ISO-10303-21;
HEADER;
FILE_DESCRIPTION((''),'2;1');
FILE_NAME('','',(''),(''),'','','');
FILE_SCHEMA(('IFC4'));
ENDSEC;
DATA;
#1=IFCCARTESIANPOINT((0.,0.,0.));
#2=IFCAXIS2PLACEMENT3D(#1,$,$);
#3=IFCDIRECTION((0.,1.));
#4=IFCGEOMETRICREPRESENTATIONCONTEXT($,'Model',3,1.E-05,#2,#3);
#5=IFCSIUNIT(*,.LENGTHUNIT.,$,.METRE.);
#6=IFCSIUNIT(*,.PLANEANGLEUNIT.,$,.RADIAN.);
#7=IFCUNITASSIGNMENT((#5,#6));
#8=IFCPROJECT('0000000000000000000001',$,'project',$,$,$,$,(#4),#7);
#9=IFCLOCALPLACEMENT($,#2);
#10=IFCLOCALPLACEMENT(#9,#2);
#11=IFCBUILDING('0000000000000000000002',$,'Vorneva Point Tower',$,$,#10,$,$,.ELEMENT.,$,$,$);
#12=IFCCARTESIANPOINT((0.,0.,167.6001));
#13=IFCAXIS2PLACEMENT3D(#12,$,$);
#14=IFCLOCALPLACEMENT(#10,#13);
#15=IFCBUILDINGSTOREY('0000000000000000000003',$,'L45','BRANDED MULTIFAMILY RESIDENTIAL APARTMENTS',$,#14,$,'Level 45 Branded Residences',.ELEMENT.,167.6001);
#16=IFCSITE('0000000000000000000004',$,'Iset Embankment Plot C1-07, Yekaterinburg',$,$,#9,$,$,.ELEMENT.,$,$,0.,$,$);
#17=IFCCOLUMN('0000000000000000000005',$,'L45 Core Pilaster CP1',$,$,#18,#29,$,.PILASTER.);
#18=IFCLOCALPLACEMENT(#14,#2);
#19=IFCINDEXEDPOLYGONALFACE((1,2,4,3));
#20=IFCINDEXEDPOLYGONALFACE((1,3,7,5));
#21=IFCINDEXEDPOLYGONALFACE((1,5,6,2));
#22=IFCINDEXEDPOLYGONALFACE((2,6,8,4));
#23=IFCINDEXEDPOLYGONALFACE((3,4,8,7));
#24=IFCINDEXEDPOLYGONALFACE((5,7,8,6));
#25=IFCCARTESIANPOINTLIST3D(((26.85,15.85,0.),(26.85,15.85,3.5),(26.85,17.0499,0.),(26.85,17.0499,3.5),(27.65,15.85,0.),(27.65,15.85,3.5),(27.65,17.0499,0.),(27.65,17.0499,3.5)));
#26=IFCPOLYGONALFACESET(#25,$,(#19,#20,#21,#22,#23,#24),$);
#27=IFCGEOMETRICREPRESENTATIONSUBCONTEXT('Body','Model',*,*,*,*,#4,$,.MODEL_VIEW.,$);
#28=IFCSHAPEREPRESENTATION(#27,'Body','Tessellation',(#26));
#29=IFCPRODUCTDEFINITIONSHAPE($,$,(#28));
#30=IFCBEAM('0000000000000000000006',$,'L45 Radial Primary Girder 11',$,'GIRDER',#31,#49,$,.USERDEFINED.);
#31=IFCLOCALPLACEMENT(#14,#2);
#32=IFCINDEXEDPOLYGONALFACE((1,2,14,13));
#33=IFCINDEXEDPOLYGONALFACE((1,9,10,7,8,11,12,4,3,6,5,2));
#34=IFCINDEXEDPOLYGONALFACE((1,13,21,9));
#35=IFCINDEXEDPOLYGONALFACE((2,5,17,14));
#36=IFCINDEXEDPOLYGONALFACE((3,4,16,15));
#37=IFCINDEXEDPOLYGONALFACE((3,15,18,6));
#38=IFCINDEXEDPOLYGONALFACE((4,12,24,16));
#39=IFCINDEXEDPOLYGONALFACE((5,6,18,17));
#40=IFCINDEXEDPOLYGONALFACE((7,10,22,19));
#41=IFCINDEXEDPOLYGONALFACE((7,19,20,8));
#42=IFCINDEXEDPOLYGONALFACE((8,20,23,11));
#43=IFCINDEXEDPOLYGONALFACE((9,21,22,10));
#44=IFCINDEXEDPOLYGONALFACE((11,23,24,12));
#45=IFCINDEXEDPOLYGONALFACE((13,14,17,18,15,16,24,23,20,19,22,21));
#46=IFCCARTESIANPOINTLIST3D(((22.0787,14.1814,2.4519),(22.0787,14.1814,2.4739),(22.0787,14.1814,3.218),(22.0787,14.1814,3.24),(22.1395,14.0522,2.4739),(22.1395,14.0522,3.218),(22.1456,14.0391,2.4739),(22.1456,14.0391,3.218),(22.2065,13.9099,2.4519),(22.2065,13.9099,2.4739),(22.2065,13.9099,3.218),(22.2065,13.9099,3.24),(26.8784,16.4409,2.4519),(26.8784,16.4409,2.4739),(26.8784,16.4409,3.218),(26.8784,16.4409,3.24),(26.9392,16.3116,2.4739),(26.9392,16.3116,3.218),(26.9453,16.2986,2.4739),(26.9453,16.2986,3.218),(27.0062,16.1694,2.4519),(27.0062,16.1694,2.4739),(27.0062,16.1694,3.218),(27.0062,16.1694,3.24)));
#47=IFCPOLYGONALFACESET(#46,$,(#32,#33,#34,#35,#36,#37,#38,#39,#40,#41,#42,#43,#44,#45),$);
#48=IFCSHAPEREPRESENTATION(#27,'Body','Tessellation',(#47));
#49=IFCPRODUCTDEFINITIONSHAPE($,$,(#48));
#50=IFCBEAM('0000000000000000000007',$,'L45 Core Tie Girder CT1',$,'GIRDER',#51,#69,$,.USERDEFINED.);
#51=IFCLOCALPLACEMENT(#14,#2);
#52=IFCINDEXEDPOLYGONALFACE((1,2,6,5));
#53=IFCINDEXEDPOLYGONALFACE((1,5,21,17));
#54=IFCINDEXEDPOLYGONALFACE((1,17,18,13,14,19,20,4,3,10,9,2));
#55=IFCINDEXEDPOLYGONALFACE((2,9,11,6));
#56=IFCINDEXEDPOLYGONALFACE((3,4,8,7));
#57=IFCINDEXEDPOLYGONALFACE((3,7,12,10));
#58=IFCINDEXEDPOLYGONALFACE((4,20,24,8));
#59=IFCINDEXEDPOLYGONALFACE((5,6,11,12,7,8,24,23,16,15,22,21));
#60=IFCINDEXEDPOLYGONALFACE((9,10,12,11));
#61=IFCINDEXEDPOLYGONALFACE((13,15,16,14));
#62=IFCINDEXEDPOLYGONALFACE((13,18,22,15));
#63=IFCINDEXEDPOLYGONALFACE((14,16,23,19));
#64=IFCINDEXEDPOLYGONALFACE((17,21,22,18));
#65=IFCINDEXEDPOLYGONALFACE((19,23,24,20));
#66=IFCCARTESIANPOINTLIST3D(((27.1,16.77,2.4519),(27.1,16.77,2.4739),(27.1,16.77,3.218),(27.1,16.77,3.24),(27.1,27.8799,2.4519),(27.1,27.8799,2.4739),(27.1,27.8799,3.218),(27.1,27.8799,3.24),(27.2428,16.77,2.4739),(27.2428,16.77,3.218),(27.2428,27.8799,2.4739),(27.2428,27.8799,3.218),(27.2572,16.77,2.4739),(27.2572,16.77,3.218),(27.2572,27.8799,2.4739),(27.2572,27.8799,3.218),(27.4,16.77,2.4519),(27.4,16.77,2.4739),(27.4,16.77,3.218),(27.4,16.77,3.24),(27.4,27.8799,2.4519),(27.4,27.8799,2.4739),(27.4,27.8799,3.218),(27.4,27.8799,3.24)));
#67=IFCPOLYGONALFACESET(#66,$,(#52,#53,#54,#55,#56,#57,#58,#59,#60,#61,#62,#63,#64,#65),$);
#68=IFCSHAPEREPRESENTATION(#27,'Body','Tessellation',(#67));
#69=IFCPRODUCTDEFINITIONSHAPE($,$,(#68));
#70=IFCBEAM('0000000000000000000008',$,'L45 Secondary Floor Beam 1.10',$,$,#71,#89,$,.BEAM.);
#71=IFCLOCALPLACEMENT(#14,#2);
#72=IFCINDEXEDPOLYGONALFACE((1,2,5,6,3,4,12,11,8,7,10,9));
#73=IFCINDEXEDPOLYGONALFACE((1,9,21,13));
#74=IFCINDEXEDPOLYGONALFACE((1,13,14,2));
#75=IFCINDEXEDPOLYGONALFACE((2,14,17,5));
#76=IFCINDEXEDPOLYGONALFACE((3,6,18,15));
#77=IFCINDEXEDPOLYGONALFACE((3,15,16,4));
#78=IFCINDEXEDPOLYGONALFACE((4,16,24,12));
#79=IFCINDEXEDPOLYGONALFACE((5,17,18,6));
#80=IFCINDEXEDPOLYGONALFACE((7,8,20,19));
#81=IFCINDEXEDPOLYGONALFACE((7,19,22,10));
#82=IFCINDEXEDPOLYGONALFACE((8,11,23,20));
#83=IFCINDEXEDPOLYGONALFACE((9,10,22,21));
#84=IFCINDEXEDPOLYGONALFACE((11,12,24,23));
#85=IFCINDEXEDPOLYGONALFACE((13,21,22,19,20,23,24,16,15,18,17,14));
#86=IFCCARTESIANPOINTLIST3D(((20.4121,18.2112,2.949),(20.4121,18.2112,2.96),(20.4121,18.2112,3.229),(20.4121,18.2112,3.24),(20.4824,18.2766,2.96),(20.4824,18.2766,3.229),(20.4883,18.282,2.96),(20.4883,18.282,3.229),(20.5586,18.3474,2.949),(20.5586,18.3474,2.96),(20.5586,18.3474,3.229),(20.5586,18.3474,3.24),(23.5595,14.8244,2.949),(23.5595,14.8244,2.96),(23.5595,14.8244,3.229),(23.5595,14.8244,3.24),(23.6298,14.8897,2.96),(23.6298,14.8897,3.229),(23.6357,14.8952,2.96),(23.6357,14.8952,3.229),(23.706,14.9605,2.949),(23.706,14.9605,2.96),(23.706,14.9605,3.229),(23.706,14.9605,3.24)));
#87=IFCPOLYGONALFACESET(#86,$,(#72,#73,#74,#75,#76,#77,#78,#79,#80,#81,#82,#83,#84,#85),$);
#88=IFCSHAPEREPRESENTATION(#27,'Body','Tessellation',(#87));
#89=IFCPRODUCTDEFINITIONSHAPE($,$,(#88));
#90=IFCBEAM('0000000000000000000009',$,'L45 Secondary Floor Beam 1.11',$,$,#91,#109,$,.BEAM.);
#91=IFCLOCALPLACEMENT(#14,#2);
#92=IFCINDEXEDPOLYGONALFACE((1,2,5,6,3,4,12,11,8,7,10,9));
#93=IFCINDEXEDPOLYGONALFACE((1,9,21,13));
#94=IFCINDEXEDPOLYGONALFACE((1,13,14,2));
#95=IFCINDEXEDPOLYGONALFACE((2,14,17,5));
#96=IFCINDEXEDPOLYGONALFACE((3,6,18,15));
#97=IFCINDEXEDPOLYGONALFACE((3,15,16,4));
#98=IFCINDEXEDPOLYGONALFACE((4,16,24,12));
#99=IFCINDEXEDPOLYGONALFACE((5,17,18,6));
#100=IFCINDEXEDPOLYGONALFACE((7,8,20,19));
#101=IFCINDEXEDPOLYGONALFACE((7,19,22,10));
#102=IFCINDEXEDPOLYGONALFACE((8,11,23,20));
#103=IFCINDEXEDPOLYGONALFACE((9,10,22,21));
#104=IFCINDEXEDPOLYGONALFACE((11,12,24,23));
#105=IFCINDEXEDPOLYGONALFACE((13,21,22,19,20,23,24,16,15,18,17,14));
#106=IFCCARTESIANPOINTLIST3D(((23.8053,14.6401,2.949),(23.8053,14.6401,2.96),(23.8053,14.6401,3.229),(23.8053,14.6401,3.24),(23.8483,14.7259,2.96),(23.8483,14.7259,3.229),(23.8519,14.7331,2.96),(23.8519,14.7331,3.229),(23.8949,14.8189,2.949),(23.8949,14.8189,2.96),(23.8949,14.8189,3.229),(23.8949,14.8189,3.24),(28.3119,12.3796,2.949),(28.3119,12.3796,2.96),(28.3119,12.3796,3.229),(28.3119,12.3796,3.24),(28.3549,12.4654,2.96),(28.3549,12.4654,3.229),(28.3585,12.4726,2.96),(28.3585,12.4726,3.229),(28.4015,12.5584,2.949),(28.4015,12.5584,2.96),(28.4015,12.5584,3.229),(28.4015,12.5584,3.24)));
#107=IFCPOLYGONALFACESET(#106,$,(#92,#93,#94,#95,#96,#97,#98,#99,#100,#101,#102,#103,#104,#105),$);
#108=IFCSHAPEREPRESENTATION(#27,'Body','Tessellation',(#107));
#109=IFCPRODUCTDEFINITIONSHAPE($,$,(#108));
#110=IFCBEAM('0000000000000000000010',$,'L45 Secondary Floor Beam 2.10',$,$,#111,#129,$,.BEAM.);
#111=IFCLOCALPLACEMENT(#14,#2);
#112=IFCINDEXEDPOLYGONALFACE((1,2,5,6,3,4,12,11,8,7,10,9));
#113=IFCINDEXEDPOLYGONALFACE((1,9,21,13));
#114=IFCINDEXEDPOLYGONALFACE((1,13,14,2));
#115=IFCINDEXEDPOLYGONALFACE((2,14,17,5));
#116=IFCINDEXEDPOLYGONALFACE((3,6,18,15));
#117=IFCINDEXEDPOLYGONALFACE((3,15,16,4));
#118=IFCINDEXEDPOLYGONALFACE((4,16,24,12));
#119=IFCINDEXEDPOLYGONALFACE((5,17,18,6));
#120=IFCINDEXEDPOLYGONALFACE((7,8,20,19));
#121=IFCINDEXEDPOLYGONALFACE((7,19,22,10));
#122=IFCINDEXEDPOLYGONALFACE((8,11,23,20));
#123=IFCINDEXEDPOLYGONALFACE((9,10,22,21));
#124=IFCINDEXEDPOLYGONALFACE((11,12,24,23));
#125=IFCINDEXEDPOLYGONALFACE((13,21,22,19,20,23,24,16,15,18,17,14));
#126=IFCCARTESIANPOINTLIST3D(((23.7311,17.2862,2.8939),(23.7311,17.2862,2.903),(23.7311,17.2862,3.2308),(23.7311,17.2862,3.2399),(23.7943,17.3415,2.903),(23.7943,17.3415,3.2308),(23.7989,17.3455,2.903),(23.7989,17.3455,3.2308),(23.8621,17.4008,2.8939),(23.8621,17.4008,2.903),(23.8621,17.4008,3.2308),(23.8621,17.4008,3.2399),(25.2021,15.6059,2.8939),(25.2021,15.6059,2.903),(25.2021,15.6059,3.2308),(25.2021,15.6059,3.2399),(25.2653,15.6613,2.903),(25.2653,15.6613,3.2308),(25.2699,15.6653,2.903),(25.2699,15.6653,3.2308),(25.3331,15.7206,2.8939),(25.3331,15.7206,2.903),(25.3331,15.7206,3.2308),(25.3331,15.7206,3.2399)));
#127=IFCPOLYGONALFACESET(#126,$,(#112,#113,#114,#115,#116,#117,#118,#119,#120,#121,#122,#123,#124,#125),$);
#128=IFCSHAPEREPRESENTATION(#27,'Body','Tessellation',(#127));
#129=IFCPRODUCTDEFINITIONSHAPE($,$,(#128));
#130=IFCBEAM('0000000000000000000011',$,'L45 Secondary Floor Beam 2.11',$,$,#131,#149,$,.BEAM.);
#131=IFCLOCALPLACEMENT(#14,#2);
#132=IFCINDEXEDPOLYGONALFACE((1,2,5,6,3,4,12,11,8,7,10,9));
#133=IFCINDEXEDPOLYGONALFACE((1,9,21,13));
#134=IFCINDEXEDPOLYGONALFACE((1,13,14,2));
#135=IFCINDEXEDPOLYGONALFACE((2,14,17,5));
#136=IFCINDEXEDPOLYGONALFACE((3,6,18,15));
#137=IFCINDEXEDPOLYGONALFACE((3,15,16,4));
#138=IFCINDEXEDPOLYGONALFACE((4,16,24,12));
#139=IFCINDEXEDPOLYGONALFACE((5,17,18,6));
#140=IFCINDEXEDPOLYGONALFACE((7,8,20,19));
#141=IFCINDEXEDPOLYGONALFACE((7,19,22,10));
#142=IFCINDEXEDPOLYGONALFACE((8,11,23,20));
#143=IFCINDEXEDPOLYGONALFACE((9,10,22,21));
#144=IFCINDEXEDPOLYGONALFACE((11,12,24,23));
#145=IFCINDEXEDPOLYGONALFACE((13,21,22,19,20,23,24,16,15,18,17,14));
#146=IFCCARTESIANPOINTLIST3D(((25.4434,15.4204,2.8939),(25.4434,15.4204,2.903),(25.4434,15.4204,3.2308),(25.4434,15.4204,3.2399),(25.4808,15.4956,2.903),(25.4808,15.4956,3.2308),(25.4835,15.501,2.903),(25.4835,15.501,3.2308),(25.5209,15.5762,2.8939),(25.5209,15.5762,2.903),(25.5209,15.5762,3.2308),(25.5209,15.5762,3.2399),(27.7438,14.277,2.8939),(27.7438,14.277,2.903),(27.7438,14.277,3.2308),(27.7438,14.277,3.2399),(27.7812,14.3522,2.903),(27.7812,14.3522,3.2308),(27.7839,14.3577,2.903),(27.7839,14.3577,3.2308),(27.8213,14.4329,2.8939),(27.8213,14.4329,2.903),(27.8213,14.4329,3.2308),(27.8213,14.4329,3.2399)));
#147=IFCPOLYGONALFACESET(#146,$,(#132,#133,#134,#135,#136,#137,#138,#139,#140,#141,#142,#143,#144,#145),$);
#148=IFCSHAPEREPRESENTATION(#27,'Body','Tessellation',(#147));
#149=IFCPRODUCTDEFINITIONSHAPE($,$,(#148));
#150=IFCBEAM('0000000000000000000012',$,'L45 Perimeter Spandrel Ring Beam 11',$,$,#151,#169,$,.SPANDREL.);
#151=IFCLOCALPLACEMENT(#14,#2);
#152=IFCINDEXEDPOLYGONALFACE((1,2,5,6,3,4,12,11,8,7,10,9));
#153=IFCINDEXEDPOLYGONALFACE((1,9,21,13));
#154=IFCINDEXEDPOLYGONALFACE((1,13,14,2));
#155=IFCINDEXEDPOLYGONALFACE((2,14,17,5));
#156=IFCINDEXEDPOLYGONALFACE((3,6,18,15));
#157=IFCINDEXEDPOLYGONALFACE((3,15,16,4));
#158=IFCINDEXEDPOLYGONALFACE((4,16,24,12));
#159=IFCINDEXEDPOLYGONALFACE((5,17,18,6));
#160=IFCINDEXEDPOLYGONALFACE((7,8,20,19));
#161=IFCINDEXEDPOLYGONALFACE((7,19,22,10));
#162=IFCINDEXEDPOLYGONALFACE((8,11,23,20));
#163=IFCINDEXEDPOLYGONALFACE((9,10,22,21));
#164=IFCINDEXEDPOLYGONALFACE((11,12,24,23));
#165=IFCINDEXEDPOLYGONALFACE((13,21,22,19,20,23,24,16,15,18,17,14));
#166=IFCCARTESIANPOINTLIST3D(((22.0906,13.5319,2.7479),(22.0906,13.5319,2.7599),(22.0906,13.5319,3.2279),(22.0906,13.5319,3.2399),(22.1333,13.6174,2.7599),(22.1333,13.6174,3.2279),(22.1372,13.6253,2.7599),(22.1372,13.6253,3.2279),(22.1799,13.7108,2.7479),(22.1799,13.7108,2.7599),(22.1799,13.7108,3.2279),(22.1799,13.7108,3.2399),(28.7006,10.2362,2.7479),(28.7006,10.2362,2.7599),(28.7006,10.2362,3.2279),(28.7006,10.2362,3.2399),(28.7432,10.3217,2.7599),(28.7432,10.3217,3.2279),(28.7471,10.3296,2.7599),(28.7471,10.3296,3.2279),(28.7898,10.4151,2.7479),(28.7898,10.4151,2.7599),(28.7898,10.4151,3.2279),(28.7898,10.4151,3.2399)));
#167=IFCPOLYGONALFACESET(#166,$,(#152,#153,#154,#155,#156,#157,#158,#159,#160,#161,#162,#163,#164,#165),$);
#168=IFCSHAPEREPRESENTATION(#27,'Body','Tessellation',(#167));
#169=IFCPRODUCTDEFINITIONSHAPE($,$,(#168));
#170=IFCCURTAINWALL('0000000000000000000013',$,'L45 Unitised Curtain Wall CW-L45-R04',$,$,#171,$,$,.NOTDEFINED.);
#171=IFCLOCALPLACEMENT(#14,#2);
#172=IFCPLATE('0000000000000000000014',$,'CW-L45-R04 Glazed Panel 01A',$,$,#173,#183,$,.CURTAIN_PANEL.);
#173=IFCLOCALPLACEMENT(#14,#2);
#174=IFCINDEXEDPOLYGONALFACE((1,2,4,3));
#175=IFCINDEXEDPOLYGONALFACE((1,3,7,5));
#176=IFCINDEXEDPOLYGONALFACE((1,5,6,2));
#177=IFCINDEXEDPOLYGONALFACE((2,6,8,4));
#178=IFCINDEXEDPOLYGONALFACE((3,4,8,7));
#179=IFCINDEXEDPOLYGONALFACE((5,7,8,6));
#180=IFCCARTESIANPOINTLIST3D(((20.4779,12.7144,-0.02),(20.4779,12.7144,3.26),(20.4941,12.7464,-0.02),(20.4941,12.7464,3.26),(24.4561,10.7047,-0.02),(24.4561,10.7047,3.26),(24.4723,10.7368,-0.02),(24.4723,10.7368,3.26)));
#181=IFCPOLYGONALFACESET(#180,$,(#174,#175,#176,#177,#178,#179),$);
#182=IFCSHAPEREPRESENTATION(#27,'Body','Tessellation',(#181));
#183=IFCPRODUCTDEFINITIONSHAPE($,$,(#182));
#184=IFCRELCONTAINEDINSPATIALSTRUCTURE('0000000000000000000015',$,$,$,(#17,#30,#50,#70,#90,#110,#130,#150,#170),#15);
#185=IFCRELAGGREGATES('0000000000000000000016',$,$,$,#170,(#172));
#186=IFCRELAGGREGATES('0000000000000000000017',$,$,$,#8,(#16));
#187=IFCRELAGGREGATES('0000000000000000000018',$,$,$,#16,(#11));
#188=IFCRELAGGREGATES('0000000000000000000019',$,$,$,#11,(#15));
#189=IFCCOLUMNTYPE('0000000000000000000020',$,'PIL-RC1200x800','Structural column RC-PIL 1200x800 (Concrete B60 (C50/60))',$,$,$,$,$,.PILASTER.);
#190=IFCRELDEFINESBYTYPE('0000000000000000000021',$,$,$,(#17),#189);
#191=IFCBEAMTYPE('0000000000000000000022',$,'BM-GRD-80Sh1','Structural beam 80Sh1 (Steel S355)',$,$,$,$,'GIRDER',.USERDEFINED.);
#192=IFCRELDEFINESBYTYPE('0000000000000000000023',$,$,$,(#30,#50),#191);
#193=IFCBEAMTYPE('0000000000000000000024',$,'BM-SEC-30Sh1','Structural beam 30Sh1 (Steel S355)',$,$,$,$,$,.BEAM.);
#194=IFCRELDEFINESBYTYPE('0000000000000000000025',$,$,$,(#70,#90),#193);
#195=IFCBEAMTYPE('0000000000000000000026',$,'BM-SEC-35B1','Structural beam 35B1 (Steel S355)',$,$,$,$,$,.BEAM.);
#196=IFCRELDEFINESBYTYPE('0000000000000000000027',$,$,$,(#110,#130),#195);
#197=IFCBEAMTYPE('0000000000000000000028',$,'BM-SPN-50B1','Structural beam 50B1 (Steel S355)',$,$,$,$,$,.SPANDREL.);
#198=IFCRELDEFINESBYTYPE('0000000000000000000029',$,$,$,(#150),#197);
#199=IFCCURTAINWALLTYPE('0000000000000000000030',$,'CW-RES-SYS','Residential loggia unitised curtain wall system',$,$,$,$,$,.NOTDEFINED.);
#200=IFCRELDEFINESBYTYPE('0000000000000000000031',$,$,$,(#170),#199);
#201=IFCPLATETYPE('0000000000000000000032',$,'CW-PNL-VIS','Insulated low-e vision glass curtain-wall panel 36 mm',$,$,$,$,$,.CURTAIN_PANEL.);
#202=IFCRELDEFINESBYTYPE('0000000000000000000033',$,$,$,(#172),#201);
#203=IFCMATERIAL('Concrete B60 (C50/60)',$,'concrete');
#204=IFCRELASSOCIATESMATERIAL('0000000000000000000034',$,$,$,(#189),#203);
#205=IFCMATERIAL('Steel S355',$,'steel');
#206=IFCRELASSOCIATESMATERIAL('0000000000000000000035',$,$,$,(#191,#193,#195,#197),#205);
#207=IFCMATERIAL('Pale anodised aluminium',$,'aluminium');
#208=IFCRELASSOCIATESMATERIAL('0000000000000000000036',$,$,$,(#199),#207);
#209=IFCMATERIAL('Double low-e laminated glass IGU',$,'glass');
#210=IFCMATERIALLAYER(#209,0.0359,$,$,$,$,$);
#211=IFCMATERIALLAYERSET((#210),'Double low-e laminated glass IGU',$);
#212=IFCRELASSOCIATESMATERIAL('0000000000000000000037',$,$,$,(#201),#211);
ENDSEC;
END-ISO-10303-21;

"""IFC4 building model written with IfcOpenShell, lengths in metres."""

from ifc_helpers import new_model, si_unit, direction, frame, origin, origin_2d, place, context, subcontext, project, spatial, rectangle, i_section, extrude, material, layer, layer_set, material_profile, profile_set, type_object, element, aggregate, save


model = new_model("IFC4")

# Units and contexts
model_context = context("Model", 3, precision=1e-05, world=origin(), true_north=direction((0.0, 1.0)))
body_context = subcontext(model_context, "Body", "Model", "MODEL_VIEW")
ifc_project = project(units=[si_unit("LENGTHUNIT", "METRE"), si_unit("PLANEANGLEUNIT", "RADIAN")], contexts=[model_context])

# Site, building, storey
site_placement = place(None, origin())
site = spatial("IfcSite", under=ifc_project, at=site_placement, Name="Iset Embankment Plot C1-07, Yekaterinburg", CompositionType="ELEMENT", RefElevation=0.0)
building_placement = place(site_placement, origin())
building = spatial("IfcBuilding", under=site, at=building_placement, Name="Vorneva Point Tower", CompositionType="ELEMENT")
storey_placement = place(building_placement, frame((0.0, 0.0, 167.6001)))
storey = spatial("IfcBuildingStorey", under=building, at=storey_placement, Name="L45", Description="BRANDED MULTIFAMILY RESIDENTIAL APARTMENTS", LongName="Level 45 Branded Residences", CompositionType="ELEMENT", Elevation=167.6001)

# Column
ifc_material_1 = material(Name="Concrete B60 (C50/60)", Category="concrete")
ifc_material_profile_1 = material_profile(ifc_material_1, rectangle(XDim=0.8, YDim=1.2, at=origin_2d()), Name="RC-PIL 1200x800")
ifc_profile_set_1 = profile_set([ifc_material_profile_1], Name="Concrete B60 (C50/60)")
column_type_1 = type_object("IfcColumnType", Name="PIL-RC1200x800", Description="Structural column RC-PIL 1200x800 (Concrete B60 (C50/60))", PredefinedType="PILASTER", material=ifc_profile_set_1)
column_1_placement = place(storey_placement, frame((27.25, 16.45, 0.0), z_axis=(0.0, 0.0, 1.0), x_axis=(1.0, 0.0, 0.0)))
element("IfcColumn", 1, at=column_1_placement, inside=storey, type_object=column_type_1, Name="L45 Core Pilaster CP1", PredefinedType="PILASTER", context=body_context, shape_type="SweptSolid", body=[
    extrude(rectangle(XDim=0.8, YDim=1.2, at=origin_2d()), origin(), (0.0, 0.0, 1.0), 3.5),
])

# Beams
ifc_material_2 = material(Name="Steel S355", Category="steel")
ifc_material_profile_2 = material_profile(ifc_material_2, i_section(OverallWidth=0.3, OverallDepth=0.7881, WebThickness=0.0144, FlangeThickness=0.022, at=origin_2d()), Name="80Sh1")
ifc_profile_set_2 = profile_set([ifc_material_profile_2], Name="Steel S355")
beam_type_1 = type_object("IfcBeamType", Name="BM-GRD-80Sh1", Description="Structural beam 80Sh1 (Steel S355)", ElementType="GIRDER", PredefinedType="USERDEFINED", material=ifc_profile_set_2)
beam_1_placement = place(storey_placement, frame((22.1426, 14.0457, 2.8459), z_axis=(0.904761, 0.425919, 0.0), x_axis=(-0.425919, 0.904761, 0.0)))
element("IfcBeam", 2, at=beam_1_placement, inside=storey, type_object=beam_type_1, Name="L45 Radial Primary Girder 11", ObjectType="GIRDER", PredefinedType="USERDEFINED", context=body_context, shape_type="SweptSolid", body=[
    extrude(i_section(OverallWidth=0.3, OverallDepth=0.7881, WebThickness=0.0144, FlangeThickness=0.022, at=origin_2d()), origin(), (0.0, 0.0, 1.0), 5.3049),
])
beam_2_placement = place(storey_placement, frame((27.25, 16.77, 2.8459), z_axis=(0.0, 1.0, 0.0), x_axis=(-1.0, 0.0, 0.0)))
element("IfcBeam", 3, at=beam_2_placement, inside=storey, type_object=beam_type_1, Name="L45 Core Tie Girder CT1", ObjectType="GIRDER", PredefinedType="USERDEFINED", context=body_context, shape_type="SweptSolid", body=[
    extrude(i_section(OverallWidth=0.3, OverallDepth=0.7881, WebThickness=0.0144, FlangeThickness=0.022, at=origin_2d()), origin(), (0.0, 0.0, 1.0), 11.1099),
])
ifc_material_profile_3 = material_profile(ifc_material_2, i_section(OverallWidth=0.2, OverallDepth=0.291, WebThickness=0.0081, FlangeThickness=0.011, at=origin_2d()), Name="30Sh1")
ifc_profile_set_3 = profile_set([ifc_material_profile_3], Name="Steel S355")
beam_type_2 = type_object("IfcBeamType", Name="BM-SEC-30Sh1", Description="Structural beam 30Sh1 (Steel S355)", PredefinedType="BEAM", material=ifc_profile_set_3)
beam_3_placement = place(storey_placement, frame((20.4854, 18.2793, 3.0945), z_axis=(0.680733, -0.732532, 0.0), x_axis=(0.732532, 0.680733, 0.0)))
element("IfcBeam", 4, at=beam_3_placement, inside=storey, type_object=beam_type_2, Name="L45 Secondary Floor Beam 1.10", PredefinedType="BEAM", context=body_context, shape_type="SweptSolid", body=[
    extrude(i_section(OverallWidth=0.2, OverallDepth=0.291, WebThickness=0.0081, FlangeThickness=0.011, at=origin_2d()), origin(), (0.0, 0.0, 1.0), 4.6235),
])
beam_4_placement = place(storey_placement, frame((23.8501, 14.7295, 3.0945), z_axis=(0.893855, -0.448356, 0.0), x_axis=(0.448356, 0.893855, 0.0)))
element("IfcBeam", 5, at=beam_4_placement, inside=storey, type_object=beam_type_2, Name="L45 Secondary Floor Beam 1.11", PredefinedType="BEAM", context=body_context, shape_type="SweptSolid", body=[
    extrude(i_section(OverallWidth=0.2, OverallDepth=0.291, WebThickness=0.0081, FlangeThickness=0.011, at=origin_2d()), origin(), (0.0, 0.0, 1.0), 5.0417),
])
ifc_material_profile_4 = material_profile(ifc_material_2, i_section(OverallWidth=0.1741, OverallDepth=0.3459, WebThickness=0.0061, FlangeThickness=0.009, at=origin_2d()), Name="35B1")
ifc_profile_set_4 = profile_set([ifc_material_profile_4], Name="Steel S355")
beam_type_3 = type_object("IfcBeamType", Name="BM-SEC-35B1", Description="Structural beam 35B1 (Steel S355)", PredefinedType="BEAM", material=ifc_profile_set_4)
beam_5_placement = place(storey_placement, frame((23.7966, 17.3435, 3.0669), z_axis=(0.658706, -0.752401, 0.0), x_axis=(0.752401, 0.658706, 0.0)))
element("IfcBeam", 6, at=beam_5_placement, inside=storey, type_object=beam_type_3, Name="L45 Secondary Floor Beam 2.10", PredefinedType="BEAM", context=body_context, shape_type="SweptSolid", body=[
    extrude(i_section(OverallWidth=0.1741, OverallDepth=0.3459, WebThickness=0.0061, FlangeThickness=0.009, at=origin_2d()), origin(), (0.0, 0.0, 1.0), 2.2332),
])
beam_6_placement = place(storey_placement, frame((25.4822, 15.4983, 3.0669), z_axis=(0.895489, -0.445083, 0.0), x_axis=(0.445083, 0.895489, 0.0)))
element("IfcBeam", 7, at=beam_6_placement, inside=storey, type_object=beam_type_3, Name="L45 Secondary Floor Beam 2.11", PredefinedType="BEAM", context=body_context, shape_type="SweptSolid", body=[
    extrude(i_section(OverallWidth=0.1741, OverallDepth=0.3459, WebThickness=0.0061, FlangeThickness=0.009, at=origin_2d()), origin(), (0.0, 0.0, 1.0), 2.5688),
])
ifc_material_profile_5 = material_profile(ifc_material_2, i_section(OverallWidth=0.2, OverallDepth=0.4919, WebThickness=0.0088, FlangeThickness=0.012, at=origin_2d()), Name="50B1")
ifc_profile_set_5 = profile_set([ifc_material_profile_5], Name="Steel S355")
beam_type_4 = type_object("IfcBeamType", Name="BM-SPN-50B1", Description="Structural beam 50B1 (Steel S355)", PredefinedType="SPANDREL", material=ifc_profile_set_5)
beam_7_placement = place(storey_placement, frame((22.1353, 13.6213, 2.9939), z_axis=(0.894929, -0.446208, 0.0), x_axis=(0.446208, 0.894929, 0.0)))
element("IfcBeam", 8, at=beam_7_placement, inside=storey, type_object=beam_type_4, Name="L45 Perimeter Spandrel Ring Beam 11", PredefinedType="SPANDREL", context=body_context, shape_type="SweptSolid", body=[
    extrude(i_section(OverallWidth=0.2, OverallDepth=0.4919, WebThickness=0.0088, FlangeThickness=0.012, at=origin_2d()), origin(), (0.0, 0.0, 1.0), 7.386),
])

# Curtain wall, plate
ifc_material_3 = material(Name="Pale anodised aluminium", Category="aluminium")
curtain_wall_type = type_object("IfcCurtainWallType", Name="CW-RES-SYS", Description="Residential loggia unitised curtain wall system", PredefinedType="NOTDEFINED", material=ifc_material_3)
curtain_wall_placement = place(storey_placement, origin())
curtain_wall = element("IfcCurtainWall", 9, at=curtain_wall_placement, inside=storey, type_object=curtain_wall_type, Name="L45 Unitised Curtain Wall CW-L45-R04", PredefinedType="NOTDEFINED")
ifc_material_4 = material(Name="Double low-e laminated glass IGU", Category="glass")
ifc_layer_1 = layer(ifc_material_4, 0.0359)
ifc_layer_set_1 = layer_set([ifc_layer_1], Name="Double low-e laminated glass IGU")
plate_type = type_object("IfcPlateType", Name="CW-PNL-VIS", Description="Insulated low-e vision glass curtain-wall panel 36 mm", PredefinedType="CURTAIN_PANEL", material=ifc_layer_set_1)
plate_1_placement = place(storey_placement, frame((22.4751, 11.7256, -0.02), z_axis=(0.0, 0.0, 1.0), x_axis=(0.892578, -0.450893, 0.0)))
plate_1 = element("IfcPlate", 10, at=plate_1_placement, type_object=plate_type, Name="CW-L45-R04 Glazed Panel 01A", PredefinedType="CURTAIN_PANEL", context=body_context, shape_type="SweptSolid", body=[
    extrude(rectangle(XDim=4.457, YDim=0.0359, at=origin_2d()), origin(), (0.0, 0.0, 1.0), 3.28),
])
aggregate(curtain_wall, [plate_1])

save(model, "model.ifc")
